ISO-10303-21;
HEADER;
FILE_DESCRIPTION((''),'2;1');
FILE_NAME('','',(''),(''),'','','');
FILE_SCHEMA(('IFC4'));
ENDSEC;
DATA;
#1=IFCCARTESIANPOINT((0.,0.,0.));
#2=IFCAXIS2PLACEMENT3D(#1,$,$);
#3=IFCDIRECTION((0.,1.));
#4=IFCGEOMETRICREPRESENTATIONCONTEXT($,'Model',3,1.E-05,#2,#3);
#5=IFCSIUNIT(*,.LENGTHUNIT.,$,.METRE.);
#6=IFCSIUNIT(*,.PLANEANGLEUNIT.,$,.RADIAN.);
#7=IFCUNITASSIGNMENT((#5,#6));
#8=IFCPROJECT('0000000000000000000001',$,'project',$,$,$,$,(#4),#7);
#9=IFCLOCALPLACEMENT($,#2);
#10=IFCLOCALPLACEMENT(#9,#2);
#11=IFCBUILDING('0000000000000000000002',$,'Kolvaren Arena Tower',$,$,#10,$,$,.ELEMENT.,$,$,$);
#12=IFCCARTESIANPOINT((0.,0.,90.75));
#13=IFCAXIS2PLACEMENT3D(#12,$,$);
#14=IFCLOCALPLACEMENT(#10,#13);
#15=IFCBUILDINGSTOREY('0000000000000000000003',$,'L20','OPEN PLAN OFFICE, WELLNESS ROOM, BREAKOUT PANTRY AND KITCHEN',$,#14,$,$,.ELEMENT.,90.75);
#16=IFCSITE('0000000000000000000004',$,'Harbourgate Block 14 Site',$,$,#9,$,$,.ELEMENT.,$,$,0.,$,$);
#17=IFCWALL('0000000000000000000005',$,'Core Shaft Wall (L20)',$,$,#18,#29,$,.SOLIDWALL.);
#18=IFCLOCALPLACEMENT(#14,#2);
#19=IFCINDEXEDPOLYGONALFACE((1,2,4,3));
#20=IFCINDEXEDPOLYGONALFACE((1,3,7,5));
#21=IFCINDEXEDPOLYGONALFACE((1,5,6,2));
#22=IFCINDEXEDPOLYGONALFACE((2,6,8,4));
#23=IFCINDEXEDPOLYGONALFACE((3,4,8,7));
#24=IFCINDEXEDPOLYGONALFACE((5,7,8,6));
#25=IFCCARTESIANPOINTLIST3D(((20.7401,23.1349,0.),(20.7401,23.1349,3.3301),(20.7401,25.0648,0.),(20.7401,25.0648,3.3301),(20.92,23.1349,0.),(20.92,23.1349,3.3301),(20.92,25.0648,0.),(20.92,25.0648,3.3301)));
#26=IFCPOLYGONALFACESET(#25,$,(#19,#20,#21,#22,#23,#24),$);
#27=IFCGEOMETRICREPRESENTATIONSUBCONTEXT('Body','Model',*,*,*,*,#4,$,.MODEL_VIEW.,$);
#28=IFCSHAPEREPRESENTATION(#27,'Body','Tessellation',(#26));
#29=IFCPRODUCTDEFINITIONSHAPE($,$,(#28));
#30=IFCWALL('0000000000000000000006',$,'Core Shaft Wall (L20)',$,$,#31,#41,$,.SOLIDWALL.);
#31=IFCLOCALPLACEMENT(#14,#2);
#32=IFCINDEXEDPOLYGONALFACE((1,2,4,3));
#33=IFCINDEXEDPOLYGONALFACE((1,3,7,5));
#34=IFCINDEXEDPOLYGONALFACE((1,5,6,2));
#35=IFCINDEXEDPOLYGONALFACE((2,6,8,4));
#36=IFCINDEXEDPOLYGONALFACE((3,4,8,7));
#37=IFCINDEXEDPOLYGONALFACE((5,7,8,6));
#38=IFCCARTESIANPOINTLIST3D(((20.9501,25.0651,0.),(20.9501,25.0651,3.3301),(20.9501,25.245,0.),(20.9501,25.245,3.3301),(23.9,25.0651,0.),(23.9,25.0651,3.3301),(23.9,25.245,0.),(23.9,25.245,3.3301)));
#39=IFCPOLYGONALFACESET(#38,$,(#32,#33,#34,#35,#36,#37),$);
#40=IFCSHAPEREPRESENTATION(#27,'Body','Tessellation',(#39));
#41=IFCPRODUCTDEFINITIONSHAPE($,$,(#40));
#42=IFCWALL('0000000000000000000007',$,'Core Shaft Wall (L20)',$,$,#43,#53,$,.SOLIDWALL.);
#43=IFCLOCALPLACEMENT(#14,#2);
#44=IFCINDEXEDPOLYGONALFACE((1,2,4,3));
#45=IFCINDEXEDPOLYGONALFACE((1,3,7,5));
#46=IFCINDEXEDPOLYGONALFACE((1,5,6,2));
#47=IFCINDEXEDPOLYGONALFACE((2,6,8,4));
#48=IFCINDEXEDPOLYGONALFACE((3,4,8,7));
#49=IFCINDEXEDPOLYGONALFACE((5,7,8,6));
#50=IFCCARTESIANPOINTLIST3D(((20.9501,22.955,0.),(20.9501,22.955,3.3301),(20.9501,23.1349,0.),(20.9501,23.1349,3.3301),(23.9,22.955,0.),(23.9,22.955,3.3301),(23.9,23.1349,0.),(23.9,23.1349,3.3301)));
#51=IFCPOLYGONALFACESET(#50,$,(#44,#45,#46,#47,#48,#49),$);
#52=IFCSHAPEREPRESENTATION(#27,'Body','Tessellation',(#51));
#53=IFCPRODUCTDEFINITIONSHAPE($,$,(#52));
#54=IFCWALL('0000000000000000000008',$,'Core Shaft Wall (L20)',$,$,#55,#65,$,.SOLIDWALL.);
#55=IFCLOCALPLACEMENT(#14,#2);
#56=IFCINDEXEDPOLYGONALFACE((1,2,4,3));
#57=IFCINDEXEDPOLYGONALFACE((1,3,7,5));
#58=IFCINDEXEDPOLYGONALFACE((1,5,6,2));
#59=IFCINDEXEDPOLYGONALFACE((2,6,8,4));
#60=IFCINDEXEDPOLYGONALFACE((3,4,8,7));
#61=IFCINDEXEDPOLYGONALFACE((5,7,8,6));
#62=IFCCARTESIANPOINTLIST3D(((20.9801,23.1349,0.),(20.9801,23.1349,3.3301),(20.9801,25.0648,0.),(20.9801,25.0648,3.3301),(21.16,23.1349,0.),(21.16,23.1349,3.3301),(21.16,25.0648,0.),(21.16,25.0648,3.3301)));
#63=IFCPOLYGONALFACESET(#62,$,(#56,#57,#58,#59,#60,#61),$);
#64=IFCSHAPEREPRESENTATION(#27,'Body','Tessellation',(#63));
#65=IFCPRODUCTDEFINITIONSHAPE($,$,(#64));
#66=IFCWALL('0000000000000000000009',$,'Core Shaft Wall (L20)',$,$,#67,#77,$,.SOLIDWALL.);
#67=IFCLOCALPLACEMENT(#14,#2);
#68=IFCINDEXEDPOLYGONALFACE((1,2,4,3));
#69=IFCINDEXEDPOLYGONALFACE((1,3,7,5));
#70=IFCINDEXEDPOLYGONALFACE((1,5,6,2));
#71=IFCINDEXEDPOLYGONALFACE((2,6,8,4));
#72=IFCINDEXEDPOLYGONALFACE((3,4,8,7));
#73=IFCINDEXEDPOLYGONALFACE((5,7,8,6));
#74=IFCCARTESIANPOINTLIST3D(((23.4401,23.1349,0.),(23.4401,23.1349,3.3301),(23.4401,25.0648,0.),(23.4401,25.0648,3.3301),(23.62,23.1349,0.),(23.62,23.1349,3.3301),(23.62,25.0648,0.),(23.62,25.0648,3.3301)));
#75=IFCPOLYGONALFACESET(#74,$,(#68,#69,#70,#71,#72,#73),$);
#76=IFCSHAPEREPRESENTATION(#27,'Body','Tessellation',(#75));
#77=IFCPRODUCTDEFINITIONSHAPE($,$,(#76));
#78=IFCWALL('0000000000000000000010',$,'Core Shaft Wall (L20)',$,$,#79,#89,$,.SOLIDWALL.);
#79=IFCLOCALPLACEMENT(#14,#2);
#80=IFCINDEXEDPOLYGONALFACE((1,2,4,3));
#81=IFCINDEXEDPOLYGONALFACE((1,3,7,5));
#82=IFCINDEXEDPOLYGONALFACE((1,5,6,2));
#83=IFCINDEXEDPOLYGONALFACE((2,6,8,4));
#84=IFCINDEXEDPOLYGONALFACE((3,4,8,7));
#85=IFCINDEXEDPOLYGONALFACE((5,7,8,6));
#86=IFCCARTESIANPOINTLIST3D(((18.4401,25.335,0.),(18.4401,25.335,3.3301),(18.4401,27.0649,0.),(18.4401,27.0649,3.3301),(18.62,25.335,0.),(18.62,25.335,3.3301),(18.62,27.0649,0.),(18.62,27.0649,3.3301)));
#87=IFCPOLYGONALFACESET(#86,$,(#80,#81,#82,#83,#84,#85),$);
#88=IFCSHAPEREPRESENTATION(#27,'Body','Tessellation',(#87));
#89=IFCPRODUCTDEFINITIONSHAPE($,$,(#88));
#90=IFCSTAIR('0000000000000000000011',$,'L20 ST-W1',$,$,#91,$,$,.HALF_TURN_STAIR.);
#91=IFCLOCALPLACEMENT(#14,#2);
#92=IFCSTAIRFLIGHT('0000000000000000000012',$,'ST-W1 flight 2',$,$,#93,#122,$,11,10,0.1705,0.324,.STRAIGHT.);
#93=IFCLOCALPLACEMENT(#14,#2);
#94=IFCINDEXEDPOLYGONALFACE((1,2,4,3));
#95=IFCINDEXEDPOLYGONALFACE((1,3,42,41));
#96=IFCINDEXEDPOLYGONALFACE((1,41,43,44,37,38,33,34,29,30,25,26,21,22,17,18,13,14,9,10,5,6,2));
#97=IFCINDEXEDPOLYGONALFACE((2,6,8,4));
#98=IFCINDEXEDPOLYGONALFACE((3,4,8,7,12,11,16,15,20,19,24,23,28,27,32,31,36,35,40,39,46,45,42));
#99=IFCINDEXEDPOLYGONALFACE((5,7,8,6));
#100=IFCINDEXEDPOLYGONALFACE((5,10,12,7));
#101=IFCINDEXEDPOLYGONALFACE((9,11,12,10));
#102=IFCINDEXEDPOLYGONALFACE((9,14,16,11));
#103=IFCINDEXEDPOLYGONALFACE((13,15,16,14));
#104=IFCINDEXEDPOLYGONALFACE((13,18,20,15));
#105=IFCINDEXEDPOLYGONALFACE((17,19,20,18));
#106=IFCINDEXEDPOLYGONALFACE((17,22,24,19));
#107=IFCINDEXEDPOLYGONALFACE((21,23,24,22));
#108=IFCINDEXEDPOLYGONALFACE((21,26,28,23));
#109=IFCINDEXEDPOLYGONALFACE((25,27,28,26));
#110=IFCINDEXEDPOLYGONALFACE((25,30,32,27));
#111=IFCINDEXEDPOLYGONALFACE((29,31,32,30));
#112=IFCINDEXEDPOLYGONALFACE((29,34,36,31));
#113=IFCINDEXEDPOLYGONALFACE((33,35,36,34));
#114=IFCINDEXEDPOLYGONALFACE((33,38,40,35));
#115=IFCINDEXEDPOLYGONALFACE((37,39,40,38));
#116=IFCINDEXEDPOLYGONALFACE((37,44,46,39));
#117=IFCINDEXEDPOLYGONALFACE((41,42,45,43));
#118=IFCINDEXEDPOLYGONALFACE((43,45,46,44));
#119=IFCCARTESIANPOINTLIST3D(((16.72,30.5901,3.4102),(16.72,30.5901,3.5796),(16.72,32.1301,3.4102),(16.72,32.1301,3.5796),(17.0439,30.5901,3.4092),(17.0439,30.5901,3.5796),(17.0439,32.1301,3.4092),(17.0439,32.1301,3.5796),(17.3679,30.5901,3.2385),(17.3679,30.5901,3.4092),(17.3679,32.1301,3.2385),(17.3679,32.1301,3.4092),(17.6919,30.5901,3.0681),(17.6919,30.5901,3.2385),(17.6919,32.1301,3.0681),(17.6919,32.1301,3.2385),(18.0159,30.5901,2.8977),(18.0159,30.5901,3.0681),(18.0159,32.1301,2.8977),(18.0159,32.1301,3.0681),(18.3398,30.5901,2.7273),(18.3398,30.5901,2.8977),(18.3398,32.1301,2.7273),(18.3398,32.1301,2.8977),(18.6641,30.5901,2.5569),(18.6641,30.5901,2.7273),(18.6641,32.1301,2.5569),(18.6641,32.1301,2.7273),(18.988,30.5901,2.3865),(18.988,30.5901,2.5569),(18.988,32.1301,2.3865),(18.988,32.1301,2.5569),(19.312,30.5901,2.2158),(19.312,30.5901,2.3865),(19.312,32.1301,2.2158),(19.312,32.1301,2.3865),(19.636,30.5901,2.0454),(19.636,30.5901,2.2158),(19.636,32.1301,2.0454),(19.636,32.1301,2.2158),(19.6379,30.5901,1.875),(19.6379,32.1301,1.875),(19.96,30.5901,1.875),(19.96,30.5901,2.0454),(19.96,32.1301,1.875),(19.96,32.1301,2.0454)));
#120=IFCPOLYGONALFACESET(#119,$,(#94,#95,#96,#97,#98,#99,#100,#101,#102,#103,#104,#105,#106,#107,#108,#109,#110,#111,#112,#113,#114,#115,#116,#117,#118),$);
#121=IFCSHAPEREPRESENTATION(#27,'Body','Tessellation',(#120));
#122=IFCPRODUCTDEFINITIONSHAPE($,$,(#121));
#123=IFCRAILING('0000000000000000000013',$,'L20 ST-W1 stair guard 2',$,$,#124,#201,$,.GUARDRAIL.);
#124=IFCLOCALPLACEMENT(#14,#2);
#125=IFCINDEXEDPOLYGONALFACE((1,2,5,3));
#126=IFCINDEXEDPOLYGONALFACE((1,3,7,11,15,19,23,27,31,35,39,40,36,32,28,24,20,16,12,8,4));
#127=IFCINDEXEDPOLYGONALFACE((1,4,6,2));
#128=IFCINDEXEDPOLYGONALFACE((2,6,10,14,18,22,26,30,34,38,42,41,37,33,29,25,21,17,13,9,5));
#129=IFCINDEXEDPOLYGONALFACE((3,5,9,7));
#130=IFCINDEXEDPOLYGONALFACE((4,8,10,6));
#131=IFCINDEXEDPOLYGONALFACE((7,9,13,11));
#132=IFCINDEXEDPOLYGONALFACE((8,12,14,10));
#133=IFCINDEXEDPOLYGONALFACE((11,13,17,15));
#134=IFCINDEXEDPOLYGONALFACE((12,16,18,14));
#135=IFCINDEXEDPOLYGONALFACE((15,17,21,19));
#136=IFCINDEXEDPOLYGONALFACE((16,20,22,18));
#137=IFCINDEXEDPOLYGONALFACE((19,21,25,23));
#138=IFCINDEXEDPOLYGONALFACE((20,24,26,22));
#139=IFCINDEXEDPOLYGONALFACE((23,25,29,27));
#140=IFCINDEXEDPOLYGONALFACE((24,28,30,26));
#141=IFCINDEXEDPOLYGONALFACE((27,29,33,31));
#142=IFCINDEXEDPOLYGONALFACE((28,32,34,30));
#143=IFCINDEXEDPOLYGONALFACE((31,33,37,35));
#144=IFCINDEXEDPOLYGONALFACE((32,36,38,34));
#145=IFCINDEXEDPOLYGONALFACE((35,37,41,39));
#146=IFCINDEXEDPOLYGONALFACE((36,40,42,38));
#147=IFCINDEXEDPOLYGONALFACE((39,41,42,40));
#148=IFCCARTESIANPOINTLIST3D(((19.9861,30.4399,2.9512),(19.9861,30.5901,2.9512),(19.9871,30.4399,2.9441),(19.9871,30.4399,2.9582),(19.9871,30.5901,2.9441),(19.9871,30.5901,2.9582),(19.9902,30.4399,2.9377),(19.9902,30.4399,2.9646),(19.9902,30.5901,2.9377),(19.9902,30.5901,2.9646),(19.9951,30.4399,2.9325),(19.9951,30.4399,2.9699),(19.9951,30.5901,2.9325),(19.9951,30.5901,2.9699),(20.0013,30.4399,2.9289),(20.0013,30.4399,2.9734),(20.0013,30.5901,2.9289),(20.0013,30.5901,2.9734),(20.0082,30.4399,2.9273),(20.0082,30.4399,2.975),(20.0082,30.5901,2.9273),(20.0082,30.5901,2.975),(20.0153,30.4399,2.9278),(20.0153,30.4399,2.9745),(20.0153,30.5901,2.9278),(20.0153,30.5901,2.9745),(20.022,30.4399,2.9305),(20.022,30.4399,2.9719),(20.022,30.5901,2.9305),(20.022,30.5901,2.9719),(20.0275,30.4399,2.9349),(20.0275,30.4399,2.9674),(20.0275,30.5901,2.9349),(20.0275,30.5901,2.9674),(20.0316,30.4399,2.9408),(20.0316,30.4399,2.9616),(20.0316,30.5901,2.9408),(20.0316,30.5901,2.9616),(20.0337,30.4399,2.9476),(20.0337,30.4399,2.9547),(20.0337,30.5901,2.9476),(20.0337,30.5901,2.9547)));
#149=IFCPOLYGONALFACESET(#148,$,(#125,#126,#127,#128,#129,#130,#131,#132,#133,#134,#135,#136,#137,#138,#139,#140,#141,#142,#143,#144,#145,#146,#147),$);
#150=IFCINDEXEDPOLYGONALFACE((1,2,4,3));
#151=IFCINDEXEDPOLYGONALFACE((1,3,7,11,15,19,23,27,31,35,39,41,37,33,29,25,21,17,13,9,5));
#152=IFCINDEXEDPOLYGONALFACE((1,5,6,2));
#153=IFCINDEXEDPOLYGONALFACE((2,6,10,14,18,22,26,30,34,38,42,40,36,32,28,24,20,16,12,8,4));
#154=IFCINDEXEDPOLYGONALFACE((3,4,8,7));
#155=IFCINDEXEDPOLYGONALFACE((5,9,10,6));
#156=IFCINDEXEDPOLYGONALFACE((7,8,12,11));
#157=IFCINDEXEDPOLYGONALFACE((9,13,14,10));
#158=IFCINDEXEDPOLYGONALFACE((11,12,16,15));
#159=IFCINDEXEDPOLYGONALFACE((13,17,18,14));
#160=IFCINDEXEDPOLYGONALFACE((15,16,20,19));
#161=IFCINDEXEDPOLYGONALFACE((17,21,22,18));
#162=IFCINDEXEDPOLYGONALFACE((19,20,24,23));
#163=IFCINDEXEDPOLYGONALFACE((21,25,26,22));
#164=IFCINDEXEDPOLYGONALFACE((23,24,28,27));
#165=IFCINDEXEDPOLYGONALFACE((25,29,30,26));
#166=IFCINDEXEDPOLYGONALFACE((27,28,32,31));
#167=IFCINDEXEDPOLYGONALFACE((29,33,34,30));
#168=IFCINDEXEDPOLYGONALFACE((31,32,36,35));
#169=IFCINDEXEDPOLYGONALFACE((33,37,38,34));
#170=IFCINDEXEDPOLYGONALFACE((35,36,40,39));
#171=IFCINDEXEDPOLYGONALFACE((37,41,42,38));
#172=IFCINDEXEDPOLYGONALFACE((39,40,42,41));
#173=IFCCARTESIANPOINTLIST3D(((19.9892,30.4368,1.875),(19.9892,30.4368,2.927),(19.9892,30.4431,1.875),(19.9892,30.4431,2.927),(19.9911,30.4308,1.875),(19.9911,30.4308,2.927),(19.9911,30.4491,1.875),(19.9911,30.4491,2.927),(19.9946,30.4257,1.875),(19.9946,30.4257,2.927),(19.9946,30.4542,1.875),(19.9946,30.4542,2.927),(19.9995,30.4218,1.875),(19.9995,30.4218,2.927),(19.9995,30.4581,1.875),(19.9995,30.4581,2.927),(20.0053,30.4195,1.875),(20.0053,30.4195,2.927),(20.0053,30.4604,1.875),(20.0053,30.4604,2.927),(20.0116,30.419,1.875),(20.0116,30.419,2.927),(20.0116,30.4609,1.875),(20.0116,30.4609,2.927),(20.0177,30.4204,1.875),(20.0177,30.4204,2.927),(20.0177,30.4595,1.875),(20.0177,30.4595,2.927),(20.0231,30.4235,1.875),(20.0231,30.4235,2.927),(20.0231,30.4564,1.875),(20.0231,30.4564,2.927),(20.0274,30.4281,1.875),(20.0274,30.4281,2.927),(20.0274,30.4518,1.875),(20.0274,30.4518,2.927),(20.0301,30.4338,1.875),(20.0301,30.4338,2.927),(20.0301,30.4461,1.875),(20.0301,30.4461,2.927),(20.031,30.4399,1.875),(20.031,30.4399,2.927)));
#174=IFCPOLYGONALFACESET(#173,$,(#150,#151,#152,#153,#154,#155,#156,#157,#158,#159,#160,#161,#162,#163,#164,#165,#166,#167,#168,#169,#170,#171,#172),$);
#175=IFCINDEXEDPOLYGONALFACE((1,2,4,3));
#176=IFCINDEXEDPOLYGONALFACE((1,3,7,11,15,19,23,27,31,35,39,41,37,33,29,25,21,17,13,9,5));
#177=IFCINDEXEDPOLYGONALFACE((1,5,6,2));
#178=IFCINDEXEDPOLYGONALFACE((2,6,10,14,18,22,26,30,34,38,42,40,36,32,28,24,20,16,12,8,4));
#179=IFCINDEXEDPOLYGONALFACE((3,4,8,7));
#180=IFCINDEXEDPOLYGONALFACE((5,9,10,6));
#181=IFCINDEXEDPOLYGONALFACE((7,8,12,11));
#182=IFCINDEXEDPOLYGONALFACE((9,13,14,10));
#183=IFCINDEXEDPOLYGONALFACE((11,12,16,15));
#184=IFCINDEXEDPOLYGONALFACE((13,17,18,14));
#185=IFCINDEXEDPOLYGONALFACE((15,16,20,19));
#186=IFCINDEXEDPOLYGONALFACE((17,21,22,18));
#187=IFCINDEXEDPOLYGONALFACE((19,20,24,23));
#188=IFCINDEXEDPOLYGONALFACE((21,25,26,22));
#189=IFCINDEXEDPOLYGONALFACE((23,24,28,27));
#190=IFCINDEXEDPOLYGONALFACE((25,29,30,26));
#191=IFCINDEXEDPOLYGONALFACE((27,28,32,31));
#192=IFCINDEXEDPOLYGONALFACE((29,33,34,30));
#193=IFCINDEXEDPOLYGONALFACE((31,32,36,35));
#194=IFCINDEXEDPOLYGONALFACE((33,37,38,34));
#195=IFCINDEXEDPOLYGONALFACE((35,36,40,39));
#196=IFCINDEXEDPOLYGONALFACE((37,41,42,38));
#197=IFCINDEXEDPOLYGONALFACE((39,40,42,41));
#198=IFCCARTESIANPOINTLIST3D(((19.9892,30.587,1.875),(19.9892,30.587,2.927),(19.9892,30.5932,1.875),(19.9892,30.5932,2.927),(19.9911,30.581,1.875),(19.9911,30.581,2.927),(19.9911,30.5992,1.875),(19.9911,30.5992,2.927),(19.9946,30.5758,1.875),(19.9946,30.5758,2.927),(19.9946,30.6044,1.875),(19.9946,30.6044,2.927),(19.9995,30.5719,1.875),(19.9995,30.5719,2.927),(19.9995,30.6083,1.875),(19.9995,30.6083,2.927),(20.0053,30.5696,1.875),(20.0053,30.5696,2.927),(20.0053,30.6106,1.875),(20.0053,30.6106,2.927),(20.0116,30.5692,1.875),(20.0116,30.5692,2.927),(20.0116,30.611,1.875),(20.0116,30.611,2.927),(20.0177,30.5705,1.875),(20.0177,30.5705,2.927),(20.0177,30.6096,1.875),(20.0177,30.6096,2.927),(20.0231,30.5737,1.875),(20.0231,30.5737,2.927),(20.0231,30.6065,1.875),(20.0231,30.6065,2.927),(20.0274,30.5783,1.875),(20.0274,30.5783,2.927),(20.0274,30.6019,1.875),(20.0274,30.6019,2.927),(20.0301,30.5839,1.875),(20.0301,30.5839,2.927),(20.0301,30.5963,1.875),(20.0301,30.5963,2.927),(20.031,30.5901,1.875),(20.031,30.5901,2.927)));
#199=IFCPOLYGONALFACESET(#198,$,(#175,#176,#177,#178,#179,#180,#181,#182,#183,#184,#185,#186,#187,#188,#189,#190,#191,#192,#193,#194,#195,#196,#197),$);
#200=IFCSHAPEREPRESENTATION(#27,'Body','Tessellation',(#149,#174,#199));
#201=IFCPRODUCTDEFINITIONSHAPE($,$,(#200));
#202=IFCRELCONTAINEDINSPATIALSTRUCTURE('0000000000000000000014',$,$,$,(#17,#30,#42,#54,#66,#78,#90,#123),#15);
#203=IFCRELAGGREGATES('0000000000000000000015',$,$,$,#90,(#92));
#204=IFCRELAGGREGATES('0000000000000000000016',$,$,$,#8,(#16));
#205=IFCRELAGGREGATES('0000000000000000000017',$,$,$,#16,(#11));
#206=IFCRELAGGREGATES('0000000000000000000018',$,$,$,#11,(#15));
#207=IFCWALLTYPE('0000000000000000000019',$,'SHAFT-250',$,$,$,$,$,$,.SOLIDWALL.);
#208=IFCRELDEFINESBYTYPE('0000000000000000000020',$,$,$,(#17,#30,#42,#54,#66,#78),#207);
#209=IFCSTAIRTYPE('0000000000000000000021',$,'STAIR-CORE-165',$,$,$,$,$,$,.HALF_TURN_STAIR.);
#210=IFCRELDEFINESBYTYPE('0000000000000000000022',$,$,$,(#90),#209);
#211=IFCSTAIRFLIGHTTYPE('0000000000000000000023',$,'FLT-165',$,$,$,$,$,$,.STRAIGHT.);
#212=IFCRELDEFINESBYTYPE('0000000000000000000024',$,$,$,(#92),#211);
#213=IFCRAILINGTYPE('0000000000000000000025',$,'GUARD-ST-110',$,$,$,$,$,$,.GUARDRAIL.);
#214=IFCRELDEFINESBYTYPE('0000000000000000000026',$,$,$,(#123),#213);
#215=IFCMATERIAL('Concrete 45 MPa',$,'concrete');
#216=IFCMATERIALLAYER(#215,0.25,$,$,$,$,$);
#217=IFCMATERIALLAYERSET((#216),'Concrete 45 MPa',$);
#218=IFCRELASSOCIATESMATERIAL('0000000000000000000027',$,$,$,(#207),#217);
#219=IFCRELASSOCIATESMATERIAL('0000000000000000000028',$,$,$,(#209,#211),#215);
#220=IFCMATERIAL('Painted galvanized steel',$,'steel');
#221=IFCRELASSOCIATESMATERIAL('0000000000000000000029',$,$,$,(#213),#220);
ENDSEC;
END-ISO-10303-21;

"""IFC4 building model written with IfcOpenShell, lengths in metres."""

from ifc_helpers import new_model, si_unit, direction, frame, frame_2d, origin, origin_2d, place, context, subcontext, project, spatial, polyline, rectangle, circle, outline, extrude, material, layer, layer_set, type_object, element, aggregate, save


model = new_model("IFC4")

# Units and contexts
model_context = context("Model", 3, precision=1e-05, world=origin(), true_north=direction((0.0, 1.0)))
body_context = subcontext(model_context, "Body", "Model", "MODEL_VIEW")
ifc_project = project(units=[si_unit("LENGTHUNIT", "METRE"), si_unit("PLANEANGLEUNIT", "RADIAN")], contexts=[model_context])

# Site, building, storey
site_placement = place(None, origin())
site = spatial("IfcSite", under=ifc_project, at=site_placement, Name="Harbourgate Block 14 Site", CompositionType="ELEMENT", RefElevation=0.0)
building_placement = place(site_placement, origin())
building = spatial("IfcBuilding", under=site, at=building_placement, Name="Kolvaren Arena Tower", CompositionType="ELEMENT")
storey_placement = place(building_placement, frame((0.0, 0.0, 90.75)))
storey = spatial("IfcBuildingStorey", under=building, at=storey_placement, Name="L20", Description="OPEN PLAN OFFICE, WELLNESS ROOM, BREAKOUT PANTRY AND KITCHEN", CompositionType="ELEMENT", Elevation=90.75)

# Shared definitions
ifc_material_1 = material(Name="Concrete 45 MPa", Category="concrete")
ifc_layer_1 = layer(ifc_material_1, 0.25)
ifc_layer_set_1 = layer_set([ifc_layer_1], Name="Concrete 45 MPa")
wall_type_1 = type_object("IfcWallType", Name="SHAFT-250", PredefinedType="SOLIDWALL", material=ifc_layer_set_1)

# Walls
for number, where, z_axis, x_axis, name in (
    (1, (20.8301, 23.135, 0.0), (0.0, 0.0, 1.0), (0.0, 1.0, 0.0), "Core Shaft Wall (L20)"),
):
    element("IfcWall", number, at=place(storey_placement, frame(where, z_axis=z_axis, x_axis=x_axis)), inside=storey, type_object=wall_type_1, Name=name, PredefinedType="SOLIDWALL", context=body_context, shape_type="SweptSolid", body=[
        extrude(rectangle(XDim=1.9299, YDim=0.1799, at=frame_2d((0.9648, 0.0))), origin(), (0.0, 0.0, 1.0), 3.3301),
    ])
for number, where, z_axis, x_axis, name in (
    (2, (20.95, 25.155, 0.0), (0.0, 0.0, 1.0), (1.0, 0.0, 0.0), "Core Shaft Wall (L20)"),
    (3, (20.95, 23.0449, 0.0), (0.0, 0.0, 1.0), (1.0, 0.0, 0.0), "Core Shaft Wall (L20)"),
):
    element("IfcWall", number, at=place(storey_placement, frame(where, z_axis=z_axis, x_axis=x_axis)), inside=storey, type_object=wall_type_1, Name=name, PredefinedType="SOLIDWALL", context=body_context, shape_type="SweptSolid", body=[
        extrude(rectangle(XDim=2.95, YDim=0.1799, at=frame_2d((1.4751, 0.0))), origin(), (0.0, 0.0, 1.0), 3.3301),
    ])
for number, where, z_axis, x_axis, name in (
    (4, (21.0701, 23.135, 0.0), (0.0, 0.0, 1.0), (0.0, 1.0, 0.0), "Core Shaft Wall (L20)"),
    (5, (23.53, 23.135, 0.0), (0.0, 0.0, 1.0), (0.0, 1.0, 0.0), "Core Shaft Wall (L20)"),
):
    element("IfcWall", number, at=place(storey_placement, frame(where, z_axis=z_axis, x_axis=x_axis)), inside=storey, type_object=wall_type_1, Name=name, PredefinedType="SOLIDWALL", context=body_context, shape_type="SweptSolid", body=[
        extrude(rectangle(XDim=1.9299, YDim=0.1799, at=frame_2d((0.9648, 0.0))), origin(), (0.0, 0.0, 1.0), 3.3301),
    ])
wall_1_placement = place(storey_placement, frame((18.53, 25.335, 0.0), z_axis=(0.0, 0.0, 1.0), x_axis=(0.0, 1.0, 0.0)))
element("IfcWall", 6, at=wall_1_placement, inside=storey, type_object=wall_type_1, Name="Core Shaft Wall (L20)", PredefinedType="SOLIDWALL", context=body_context, shape_type="SweptSolid", body=[
    extrude(rectangle(XDim=1.73, YDim=0.1799, at=frame_2d((0.865, 0.0))), origin(), (0.0, 0.0, 1.0), 3.3301),
])

# Stair, stair flight
stair_type = type_object("IfcStairType", Name="STAIR-CORE-165", PredefinedType="HALF_TURN_STAIR", material=ifc_material_1)
stair_placement = place(storey_placement, origin())
stair = element("IfcStair", 7, at=stair_placement, inside=storey, type_object=stair_type, Name="L20 ST-W1", PredefinedType="HALF_TURN_STAIR")
stair_flight_type = type_object("IfcStairFlightType", Name="FLT-165", PredefinedType="STRAIGHT", material=ifc_material_1)
stair_flight_placement = place(storey_placement, frame((19.96, 31.3601, 1.875), z_axis=(0.0, 0.0, 1.0), x_axis=(-1.0, 0.0, 0.0)))
stair_flight = element("IfcStairFlight", 8, at=stair_flight_placement, type_object=stair_flight_type, Name="ST-W1 flight 2", NumberOfRisers=11, NumberOfTreads=10, PredefinedType="STRAIGHT", RiserHeight=0.1705, TreadLength=0.324, context=body_context, shape_type="SweptSolid", body=[
    extrude(outline(polyline([(0.0, 0.0), (0.0, 0.1704), (0.324, 0.1704), (0.324, 0.3408), (0.6479, 0.3408), (0.6479, 0.5115), (0.9719, 0.5115), (0.9719, 0.6819), (1.2959, 0.6819), (1.2959, 0.8523), (1.6201, 0.8523), (1.6201, 1.0227), (1.9441, 1.0227), (1.9441, 1.1931), (2.2681, 1.1931), (2.2681, 1.3635), (2.592, 1.3635), (2.592, 1.5342), (2.916, 1.5342), (2.916, 1.7046), (3.24, 1.7046), (3.24, 1.875), (3.24, 1.5352), (0.322, 0.0), (0.0, 0.0)])), frame((0.0, 0.77, 0.0), z_axis=(0.0, -1.0, 0.0), x_axis=(1.0, 0.0, 0.0)), (0.0, 0.0, 1.0), 1.54),
])
aggregate(stair, [stair_flight])

# Railing
ifc_material_2 = material(Name="Painted galvanized steel", Category="steel")
railing_type = type_object("IfcRailingType", Name="GUARD-ST-110", PredefinedType="GUARDRAIL", material=ifc_material_2)
railing_1_placement = place(storey_placement, frame((20.01, 30.4399, 1.875)))
element("IfcRailing", 9, at=railing_1_placement, inside=storey, type_object=railing_type, Name="L20 ST-W1 stair guard 2", PredefinedType="GUARDRAIL", context=body_context, shape_type="SweptSolid", body=[
    extrude(circle(Radius=0.0239, at=origin_2d()), frame((0.0, 0.0, 1.0762), z_axis=(0.0, 1.0, 0.0), x_axis=(-1.0, 0.0, 0.0)), (0.0, 0.0, 1.0), 0.1501),
    extrude(circle(Radius=0.021, at=origin_2d()), origin(), (0.0, 0.0, 1.0), 1.052),
    extrude(circle(Radius=0.021, at=origin_2d()), frame((0.0, 0.1501, 0.0)), (0.0, 0.0, 1.0), 1.052),
])

save(model, "model.ifc")
